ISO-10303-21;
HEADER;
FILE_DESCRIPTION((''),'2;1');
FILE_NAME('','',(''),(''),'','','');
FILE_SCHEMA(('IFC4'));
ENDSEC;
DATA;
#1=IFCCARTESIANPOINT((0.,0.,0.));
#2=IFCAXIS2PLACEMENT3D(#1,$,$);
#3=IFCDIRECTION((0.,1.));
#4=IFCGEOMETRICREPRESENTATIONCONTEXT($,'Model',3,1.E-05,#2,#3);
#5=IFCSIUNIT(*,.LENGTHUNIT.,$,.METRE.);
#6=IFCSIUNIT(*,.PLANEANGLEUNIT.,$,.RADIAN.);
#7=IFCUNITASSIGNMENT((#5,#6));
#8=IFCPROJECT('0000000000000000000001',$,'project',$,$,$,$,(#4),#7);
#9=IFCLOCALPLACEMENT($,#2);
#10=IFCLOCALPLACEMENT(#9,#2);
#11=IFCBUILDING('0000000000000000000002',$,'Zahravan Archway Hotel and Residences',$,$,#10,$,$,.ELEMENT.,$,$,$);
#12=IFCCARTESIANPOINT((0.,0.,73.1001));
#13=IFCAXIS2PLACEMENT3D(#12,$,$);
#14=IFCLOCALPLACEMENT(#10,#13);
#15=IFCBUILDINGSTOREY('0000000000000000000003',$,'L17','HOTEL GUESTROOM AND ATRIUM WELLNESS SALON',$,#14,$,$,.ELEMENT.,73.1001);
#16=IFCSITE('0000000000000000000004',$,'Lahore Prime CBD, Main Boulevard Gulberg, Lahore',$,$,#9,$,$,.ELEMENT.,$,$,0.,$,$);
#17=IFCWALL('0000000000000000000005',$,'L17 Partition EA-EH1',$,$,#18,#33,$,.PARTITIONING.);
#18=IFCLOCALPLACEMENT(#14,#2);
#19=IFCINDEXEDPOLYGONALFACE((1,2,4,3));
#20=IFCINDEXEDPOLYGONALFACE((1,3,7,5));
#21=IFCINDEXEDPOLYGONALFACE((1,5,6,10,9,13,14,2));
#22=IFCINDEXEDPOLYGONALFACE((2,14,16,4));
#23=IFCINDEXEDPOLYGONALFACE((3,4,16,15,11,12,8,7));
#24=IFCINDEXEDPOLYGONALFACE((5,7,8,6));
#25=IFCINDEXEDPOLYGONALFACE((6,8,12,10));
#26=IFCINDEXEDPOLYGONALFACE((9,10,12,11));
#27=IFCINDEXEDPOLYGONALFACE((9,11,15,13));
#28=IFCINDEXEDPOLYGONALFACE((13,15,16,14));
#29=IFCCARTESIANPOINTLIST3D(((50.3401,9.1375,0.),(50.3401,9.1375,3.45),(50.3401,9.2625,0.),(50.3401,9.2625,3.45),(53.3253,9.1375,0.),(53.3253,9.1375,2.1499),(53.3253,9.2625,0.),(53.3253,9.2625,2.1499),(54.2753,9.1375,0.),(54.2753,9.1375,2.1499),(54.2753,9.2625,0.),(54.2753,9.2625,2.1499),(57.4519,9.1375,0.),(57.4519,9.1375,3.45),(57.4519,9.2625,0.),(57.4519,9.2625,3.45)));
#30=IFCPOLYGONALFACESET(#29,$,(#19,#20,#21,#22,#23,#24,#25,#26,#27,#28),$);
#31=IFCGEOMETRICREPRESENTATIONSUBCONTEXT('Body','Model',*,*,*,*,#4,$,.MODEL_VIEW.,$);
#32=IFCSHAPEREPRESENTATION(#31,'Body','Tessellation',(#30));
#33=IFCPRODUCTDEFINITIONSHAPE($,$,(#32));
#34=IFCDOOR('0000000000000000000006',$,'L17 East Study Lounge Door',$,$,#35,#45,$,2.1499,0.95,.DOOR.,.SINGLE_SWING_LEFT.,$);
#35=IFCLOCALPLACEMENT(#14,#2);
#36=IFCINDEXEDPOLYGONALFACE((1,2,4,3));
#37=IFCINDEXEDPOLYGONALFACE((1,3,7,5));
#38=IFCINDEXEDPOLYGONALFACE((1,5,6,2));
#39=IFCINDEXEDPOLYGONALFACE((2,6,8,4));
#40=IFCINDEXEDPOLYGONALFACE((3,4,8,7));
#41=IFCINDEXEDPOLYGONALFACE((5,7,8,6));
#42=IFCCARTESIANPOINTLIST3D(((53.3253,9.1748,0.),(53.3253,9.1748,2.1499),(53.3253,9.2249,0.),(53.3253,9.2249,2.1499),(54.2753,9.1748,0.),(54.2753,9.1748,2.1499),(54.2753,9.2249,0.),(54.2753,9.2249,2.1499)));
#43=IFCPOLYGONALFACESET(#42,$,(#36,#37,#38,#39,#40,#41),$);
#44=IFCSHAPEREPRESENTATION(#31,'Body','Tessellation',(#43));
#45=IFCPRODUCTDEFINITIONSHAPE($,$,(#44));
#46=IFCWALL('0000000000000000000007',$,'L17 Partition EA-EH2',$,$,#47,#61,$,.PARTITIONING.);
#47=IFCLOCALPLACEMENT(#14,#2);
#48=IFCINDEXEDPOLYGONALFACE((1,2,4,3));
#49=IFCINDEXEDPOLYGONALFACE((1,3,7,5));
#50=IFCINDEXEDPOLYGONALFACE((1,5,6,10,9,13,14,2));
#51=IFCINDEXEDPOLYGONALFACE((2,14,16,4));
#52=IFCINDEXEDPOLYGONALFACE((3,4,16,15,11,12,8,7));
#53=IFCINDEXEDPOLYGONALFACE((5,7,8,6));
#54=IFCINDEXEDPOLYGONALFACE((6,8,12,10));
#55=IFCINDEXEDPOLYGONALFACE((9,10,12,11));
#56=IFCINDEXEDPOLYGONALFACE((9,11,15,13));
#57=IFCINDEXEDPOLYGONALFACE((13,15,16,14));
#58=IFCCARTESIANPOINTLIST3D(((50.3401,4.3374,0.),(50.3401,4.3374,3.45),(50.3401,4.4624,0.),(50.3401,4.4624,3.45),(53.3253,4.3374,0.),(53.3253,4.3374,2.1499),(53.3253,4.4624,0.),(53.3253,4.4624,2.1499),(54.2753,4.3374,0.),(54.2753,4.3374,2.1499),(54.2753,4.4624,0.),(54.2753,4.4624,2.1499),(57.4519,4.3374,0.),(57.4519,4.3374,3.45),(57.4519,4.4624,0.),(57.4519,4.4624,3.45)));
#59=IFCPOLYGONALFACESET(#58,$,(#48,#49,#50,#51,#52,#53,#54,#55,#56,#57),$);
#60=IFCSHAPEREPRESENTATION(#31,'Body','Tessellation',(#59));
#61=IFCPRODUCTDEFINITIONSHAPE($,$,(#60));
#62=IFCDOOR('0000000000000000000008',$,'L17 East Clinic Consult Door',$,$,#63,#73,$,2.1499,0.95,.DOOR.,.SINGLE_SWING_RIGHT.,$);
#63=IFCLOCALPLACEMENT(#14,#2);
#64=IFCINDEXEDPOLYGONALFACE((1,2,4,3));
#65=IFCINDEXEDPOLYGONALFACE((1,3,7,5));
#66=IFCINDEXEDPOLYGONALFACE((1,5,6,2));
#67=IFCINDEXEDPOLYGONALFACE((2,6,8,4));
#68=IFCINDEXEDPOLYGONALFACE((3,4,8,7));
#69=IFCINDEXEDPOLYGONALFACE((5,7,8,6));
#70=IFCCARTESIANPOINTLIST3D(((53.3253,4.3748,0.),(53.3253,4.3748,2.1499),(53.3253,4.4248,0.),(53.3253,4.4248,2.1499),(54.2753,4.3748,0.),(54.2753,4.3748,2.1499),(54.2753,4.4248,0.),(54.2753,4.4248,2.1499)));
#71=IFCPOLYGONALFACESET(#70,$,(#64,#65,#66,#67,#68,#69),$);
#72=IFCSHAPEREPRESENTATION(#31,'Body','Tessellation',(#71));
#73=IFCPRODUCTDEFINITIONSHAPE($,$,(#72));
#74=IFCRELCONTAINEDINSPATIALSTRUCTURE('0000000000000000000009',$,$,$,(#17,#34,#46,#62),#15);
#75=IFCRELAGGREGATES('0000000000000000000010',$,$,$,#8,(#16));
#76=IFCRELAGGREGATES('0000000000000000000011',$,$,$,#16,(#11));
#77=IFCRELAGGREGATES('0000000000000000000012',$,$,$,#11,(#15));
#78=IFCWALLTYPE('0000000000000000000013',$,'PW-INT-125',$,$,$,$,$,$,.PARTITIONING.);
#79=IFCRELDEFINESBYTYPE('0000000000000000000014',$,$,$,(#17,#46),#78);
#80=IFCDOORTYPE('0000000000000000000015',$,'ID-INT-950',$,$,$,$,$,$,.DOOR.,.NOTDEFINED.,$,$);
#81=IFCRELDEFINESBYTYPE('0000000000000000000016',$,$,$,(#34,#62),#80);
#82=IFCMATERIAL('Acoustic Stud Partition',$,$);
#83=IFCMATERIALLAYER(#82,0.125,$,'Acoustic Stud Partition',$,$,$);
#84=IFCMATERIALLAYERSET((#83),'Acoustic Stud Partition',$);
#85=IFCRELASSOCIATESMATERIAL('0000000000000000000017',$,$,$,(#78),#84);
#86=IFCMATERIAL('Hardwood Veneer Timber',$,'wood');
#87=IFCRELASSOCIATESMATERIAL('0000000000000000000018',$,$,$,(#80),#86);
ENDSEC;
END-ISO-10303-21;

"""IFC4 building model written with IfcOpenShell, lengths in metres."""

from ifc_helpers import new_model, si_unit, direction, frame, frame_2d, origin, place, context, subcontext, project, spatial, rectangle, extrude, source, transform, mapped, material, layer, layer_set, type_object, type_shapes, element, fill, save


model = new_model("IFC4")

# Units and contexts
model_context = context("Model", 3, precision=1e-05, world=origin(), true_north=direction((0.0, 1.0)))
body_context = subcontext(model_context, "Body", "Model", "MODEL_VIEW")
ifc_project = project(units=[si_unit("LENGTHUNIT", "METRE"), si_unit("PLANEANGLEUNIT", "RADIAN")], contexts=[model_context])

# Site, building, storey
site_placement = place(None, origin())
site = spatial("IfcSite", under=ifc_project, at=site_placement, Name="Lahore Prime CBD, Main Boulevard Gulberg, Lahore", CompositionType="ELEMENT", RefElevation=0.0)
building_placement = place(site_placement, origin())
building = spatial("IfcBuilding", under=site, at=building_placement, Name="Zahravan Archway Hotel and Residences", CompositionType="ELEMENT")
storey_placement = place(building_placement, frame((0.0, 0.0, 73.1001)))
storey = spatial("IfcBuildingStorey", under=building, at=storey_placement, Name="L17", Description="HOTEL GUESTROOM AND ATRIUM WELLNESS SALON", CompositionType="ELEMENT", Elevation=73.1001)

# Walls, openings, doors
ifc_material_1 = material(Name="Acoustic Stud Partition")
ifc_layer_1 = layer(ifc_material_1, 0.125, Name="Acoustic Stud Partition")
ifc_layer_set_1 = layer_set([ifc_layer_1], Name="Acoustic Stud Partition")
wall_type_1 = type_object("IfcWallType", Name="PW-INT-125", PredefinedType="PARTITIONING", material=ifc_layer_set_1)
wall_1_placement = place(storey_placement, frame((50.3401, 9.2, 0.0), z_axis=(0.0, 0.0, 1.0), x_axis=(1.0, 0.0, 0.0)))
wall_1 = element("IfcWall", 1, at=wall_1_placement, inside=storey, type_object=wall_type_1, Name="L17 Partition EA-EH1", PredefinedType="PARTITIONING", context=body_context, shape_type="SweptSolid", body=[
    extrude(rectangle(XDim=7.1118, YDim=0.125, at=frame_2d((3.5559, 0.0))), origin(), (0.0, 0.0, 1.0), 3.45),
])
opening_1_placement = place(wall_1_placement, frame((2.9851, 0.0, 0.0)))
opening_1 = element("IfcOpeningElement", 2, at=opening_1_placement, cuts=wall_1, PredefinedType="OPENING", context=body_context, shape_type="SweptSolid", body=[
    extrude(rectangle(XDim=0.95, YDim=2.1499, at=frame_2d((0.4751, 1.075))), frame((0.0, 0.0725, 0.0), z_axis=(0.0, -1.0, 0.0), x_axis=(1.0, 0.0, 0.0)), (0.0, 0.0, 1.0), 0.145),
])
ifc_material_2 = material(Name="Hardwood Veneer Timber", Category="wood")
door_type_1 = type_object("IfcDoorType", Name="ID-INT-950", OperationType="NOTDEFINED", PredefinedType="DOOR", material=ifc_material_2)
shared_shape_1 = source(origin(), body_context, "Body", "SweptSolid", [
    extrude(rectangle(XDim=0.95, YDim=2.1499, at=frame_2d((0.4751, 1.075))), frame((0.0, 0.0249, 0.0), z_axis=(0.0, -1.0, 0.0), x_axis=(1.0, 0.0, 0.0)), (0.0, 0.0, 1.0), 0.05),
])
type_shapes(door_type_1, [shared_shape_1])
door_1_placement = place(opening_1_placement, origin())
door_1 = element("IfcDoor", 3, at=door_1_placement, inside=storey, type_object=door_type_1, Name="L17 East Study Lounge Door", OperationType="SINGLE_SWING_LEFT", OverallHeight=2.1499, OverallWidth=0.95, PredefinedType="DOOR", context=body_context, shape_type="MappedRepresentation", body=[
    mapped(shared_shape_1, transform((0.0, 0.0, 0.0), scale=1.0)),
])
fill(opening_1, door_1)
wall_2_placement = place(storey_placement, frame((50.3401, 4.3999, 0.0), z_axis=(0.0, 0.0, 1.0), x_axis=(1.0, 0.0, 0.0)))
wall_2 = element("IfcWall", 4, at=wall_2_placement, inside=storey, type_object=wall_type_1, Name="L17 Partition EA-EH2", PredefinedType="PARTITIONING", context=body_context, shape_type="SweptSolid", body=[
    extrude(rectangle(XDim=7.1118, YDim=0.125, at=frame_2d((3.5559, 0.0))), origin(), (0.0, 0.0, 1.0), 3.45),
])
opening_2_placement = place(wall_2_placement, frame((2.9851, 0.0, 0.0)))
opening_2 = element("IfcOpeningElement", 5, at=opening_2_placement, cuts=wall_2, PredefinedType="OPENING", context=body_context, shape_type="SweptSolid", body=[
    extrude(rectangle(XDim=0.95, YDim=2.1499, at=frame_2d((0.4751, 1.075))), frame((0.0, 0.0725, 0.0), z_axis=(0.0, -1.0, 0.0), x_axis=(1.0, 0.0, 0.0)), (0.0, 0.0, 1.0), 0.145),
])
door_2_placement = place(opening_2_placement, origin())
door_2 = element("IfcDoor", 6, at=door_2_placement, inside=storey, type_object=door_type_1, Name="L17 East Clinic Consult Door", OperationType="SINGLE_SWING_RIGHT", OverallHeight=2.1499, OverallWidth=0.95, PredefinedType="DOOR", context=body_context, shape_type="MappedRepresentation", body=[
    mapped(shared_shape_1, transform((0.0, 0.0, 0.0), scale=1.0)),
])
fill(opening_2, door_2)

save(model, "model.ifc")
